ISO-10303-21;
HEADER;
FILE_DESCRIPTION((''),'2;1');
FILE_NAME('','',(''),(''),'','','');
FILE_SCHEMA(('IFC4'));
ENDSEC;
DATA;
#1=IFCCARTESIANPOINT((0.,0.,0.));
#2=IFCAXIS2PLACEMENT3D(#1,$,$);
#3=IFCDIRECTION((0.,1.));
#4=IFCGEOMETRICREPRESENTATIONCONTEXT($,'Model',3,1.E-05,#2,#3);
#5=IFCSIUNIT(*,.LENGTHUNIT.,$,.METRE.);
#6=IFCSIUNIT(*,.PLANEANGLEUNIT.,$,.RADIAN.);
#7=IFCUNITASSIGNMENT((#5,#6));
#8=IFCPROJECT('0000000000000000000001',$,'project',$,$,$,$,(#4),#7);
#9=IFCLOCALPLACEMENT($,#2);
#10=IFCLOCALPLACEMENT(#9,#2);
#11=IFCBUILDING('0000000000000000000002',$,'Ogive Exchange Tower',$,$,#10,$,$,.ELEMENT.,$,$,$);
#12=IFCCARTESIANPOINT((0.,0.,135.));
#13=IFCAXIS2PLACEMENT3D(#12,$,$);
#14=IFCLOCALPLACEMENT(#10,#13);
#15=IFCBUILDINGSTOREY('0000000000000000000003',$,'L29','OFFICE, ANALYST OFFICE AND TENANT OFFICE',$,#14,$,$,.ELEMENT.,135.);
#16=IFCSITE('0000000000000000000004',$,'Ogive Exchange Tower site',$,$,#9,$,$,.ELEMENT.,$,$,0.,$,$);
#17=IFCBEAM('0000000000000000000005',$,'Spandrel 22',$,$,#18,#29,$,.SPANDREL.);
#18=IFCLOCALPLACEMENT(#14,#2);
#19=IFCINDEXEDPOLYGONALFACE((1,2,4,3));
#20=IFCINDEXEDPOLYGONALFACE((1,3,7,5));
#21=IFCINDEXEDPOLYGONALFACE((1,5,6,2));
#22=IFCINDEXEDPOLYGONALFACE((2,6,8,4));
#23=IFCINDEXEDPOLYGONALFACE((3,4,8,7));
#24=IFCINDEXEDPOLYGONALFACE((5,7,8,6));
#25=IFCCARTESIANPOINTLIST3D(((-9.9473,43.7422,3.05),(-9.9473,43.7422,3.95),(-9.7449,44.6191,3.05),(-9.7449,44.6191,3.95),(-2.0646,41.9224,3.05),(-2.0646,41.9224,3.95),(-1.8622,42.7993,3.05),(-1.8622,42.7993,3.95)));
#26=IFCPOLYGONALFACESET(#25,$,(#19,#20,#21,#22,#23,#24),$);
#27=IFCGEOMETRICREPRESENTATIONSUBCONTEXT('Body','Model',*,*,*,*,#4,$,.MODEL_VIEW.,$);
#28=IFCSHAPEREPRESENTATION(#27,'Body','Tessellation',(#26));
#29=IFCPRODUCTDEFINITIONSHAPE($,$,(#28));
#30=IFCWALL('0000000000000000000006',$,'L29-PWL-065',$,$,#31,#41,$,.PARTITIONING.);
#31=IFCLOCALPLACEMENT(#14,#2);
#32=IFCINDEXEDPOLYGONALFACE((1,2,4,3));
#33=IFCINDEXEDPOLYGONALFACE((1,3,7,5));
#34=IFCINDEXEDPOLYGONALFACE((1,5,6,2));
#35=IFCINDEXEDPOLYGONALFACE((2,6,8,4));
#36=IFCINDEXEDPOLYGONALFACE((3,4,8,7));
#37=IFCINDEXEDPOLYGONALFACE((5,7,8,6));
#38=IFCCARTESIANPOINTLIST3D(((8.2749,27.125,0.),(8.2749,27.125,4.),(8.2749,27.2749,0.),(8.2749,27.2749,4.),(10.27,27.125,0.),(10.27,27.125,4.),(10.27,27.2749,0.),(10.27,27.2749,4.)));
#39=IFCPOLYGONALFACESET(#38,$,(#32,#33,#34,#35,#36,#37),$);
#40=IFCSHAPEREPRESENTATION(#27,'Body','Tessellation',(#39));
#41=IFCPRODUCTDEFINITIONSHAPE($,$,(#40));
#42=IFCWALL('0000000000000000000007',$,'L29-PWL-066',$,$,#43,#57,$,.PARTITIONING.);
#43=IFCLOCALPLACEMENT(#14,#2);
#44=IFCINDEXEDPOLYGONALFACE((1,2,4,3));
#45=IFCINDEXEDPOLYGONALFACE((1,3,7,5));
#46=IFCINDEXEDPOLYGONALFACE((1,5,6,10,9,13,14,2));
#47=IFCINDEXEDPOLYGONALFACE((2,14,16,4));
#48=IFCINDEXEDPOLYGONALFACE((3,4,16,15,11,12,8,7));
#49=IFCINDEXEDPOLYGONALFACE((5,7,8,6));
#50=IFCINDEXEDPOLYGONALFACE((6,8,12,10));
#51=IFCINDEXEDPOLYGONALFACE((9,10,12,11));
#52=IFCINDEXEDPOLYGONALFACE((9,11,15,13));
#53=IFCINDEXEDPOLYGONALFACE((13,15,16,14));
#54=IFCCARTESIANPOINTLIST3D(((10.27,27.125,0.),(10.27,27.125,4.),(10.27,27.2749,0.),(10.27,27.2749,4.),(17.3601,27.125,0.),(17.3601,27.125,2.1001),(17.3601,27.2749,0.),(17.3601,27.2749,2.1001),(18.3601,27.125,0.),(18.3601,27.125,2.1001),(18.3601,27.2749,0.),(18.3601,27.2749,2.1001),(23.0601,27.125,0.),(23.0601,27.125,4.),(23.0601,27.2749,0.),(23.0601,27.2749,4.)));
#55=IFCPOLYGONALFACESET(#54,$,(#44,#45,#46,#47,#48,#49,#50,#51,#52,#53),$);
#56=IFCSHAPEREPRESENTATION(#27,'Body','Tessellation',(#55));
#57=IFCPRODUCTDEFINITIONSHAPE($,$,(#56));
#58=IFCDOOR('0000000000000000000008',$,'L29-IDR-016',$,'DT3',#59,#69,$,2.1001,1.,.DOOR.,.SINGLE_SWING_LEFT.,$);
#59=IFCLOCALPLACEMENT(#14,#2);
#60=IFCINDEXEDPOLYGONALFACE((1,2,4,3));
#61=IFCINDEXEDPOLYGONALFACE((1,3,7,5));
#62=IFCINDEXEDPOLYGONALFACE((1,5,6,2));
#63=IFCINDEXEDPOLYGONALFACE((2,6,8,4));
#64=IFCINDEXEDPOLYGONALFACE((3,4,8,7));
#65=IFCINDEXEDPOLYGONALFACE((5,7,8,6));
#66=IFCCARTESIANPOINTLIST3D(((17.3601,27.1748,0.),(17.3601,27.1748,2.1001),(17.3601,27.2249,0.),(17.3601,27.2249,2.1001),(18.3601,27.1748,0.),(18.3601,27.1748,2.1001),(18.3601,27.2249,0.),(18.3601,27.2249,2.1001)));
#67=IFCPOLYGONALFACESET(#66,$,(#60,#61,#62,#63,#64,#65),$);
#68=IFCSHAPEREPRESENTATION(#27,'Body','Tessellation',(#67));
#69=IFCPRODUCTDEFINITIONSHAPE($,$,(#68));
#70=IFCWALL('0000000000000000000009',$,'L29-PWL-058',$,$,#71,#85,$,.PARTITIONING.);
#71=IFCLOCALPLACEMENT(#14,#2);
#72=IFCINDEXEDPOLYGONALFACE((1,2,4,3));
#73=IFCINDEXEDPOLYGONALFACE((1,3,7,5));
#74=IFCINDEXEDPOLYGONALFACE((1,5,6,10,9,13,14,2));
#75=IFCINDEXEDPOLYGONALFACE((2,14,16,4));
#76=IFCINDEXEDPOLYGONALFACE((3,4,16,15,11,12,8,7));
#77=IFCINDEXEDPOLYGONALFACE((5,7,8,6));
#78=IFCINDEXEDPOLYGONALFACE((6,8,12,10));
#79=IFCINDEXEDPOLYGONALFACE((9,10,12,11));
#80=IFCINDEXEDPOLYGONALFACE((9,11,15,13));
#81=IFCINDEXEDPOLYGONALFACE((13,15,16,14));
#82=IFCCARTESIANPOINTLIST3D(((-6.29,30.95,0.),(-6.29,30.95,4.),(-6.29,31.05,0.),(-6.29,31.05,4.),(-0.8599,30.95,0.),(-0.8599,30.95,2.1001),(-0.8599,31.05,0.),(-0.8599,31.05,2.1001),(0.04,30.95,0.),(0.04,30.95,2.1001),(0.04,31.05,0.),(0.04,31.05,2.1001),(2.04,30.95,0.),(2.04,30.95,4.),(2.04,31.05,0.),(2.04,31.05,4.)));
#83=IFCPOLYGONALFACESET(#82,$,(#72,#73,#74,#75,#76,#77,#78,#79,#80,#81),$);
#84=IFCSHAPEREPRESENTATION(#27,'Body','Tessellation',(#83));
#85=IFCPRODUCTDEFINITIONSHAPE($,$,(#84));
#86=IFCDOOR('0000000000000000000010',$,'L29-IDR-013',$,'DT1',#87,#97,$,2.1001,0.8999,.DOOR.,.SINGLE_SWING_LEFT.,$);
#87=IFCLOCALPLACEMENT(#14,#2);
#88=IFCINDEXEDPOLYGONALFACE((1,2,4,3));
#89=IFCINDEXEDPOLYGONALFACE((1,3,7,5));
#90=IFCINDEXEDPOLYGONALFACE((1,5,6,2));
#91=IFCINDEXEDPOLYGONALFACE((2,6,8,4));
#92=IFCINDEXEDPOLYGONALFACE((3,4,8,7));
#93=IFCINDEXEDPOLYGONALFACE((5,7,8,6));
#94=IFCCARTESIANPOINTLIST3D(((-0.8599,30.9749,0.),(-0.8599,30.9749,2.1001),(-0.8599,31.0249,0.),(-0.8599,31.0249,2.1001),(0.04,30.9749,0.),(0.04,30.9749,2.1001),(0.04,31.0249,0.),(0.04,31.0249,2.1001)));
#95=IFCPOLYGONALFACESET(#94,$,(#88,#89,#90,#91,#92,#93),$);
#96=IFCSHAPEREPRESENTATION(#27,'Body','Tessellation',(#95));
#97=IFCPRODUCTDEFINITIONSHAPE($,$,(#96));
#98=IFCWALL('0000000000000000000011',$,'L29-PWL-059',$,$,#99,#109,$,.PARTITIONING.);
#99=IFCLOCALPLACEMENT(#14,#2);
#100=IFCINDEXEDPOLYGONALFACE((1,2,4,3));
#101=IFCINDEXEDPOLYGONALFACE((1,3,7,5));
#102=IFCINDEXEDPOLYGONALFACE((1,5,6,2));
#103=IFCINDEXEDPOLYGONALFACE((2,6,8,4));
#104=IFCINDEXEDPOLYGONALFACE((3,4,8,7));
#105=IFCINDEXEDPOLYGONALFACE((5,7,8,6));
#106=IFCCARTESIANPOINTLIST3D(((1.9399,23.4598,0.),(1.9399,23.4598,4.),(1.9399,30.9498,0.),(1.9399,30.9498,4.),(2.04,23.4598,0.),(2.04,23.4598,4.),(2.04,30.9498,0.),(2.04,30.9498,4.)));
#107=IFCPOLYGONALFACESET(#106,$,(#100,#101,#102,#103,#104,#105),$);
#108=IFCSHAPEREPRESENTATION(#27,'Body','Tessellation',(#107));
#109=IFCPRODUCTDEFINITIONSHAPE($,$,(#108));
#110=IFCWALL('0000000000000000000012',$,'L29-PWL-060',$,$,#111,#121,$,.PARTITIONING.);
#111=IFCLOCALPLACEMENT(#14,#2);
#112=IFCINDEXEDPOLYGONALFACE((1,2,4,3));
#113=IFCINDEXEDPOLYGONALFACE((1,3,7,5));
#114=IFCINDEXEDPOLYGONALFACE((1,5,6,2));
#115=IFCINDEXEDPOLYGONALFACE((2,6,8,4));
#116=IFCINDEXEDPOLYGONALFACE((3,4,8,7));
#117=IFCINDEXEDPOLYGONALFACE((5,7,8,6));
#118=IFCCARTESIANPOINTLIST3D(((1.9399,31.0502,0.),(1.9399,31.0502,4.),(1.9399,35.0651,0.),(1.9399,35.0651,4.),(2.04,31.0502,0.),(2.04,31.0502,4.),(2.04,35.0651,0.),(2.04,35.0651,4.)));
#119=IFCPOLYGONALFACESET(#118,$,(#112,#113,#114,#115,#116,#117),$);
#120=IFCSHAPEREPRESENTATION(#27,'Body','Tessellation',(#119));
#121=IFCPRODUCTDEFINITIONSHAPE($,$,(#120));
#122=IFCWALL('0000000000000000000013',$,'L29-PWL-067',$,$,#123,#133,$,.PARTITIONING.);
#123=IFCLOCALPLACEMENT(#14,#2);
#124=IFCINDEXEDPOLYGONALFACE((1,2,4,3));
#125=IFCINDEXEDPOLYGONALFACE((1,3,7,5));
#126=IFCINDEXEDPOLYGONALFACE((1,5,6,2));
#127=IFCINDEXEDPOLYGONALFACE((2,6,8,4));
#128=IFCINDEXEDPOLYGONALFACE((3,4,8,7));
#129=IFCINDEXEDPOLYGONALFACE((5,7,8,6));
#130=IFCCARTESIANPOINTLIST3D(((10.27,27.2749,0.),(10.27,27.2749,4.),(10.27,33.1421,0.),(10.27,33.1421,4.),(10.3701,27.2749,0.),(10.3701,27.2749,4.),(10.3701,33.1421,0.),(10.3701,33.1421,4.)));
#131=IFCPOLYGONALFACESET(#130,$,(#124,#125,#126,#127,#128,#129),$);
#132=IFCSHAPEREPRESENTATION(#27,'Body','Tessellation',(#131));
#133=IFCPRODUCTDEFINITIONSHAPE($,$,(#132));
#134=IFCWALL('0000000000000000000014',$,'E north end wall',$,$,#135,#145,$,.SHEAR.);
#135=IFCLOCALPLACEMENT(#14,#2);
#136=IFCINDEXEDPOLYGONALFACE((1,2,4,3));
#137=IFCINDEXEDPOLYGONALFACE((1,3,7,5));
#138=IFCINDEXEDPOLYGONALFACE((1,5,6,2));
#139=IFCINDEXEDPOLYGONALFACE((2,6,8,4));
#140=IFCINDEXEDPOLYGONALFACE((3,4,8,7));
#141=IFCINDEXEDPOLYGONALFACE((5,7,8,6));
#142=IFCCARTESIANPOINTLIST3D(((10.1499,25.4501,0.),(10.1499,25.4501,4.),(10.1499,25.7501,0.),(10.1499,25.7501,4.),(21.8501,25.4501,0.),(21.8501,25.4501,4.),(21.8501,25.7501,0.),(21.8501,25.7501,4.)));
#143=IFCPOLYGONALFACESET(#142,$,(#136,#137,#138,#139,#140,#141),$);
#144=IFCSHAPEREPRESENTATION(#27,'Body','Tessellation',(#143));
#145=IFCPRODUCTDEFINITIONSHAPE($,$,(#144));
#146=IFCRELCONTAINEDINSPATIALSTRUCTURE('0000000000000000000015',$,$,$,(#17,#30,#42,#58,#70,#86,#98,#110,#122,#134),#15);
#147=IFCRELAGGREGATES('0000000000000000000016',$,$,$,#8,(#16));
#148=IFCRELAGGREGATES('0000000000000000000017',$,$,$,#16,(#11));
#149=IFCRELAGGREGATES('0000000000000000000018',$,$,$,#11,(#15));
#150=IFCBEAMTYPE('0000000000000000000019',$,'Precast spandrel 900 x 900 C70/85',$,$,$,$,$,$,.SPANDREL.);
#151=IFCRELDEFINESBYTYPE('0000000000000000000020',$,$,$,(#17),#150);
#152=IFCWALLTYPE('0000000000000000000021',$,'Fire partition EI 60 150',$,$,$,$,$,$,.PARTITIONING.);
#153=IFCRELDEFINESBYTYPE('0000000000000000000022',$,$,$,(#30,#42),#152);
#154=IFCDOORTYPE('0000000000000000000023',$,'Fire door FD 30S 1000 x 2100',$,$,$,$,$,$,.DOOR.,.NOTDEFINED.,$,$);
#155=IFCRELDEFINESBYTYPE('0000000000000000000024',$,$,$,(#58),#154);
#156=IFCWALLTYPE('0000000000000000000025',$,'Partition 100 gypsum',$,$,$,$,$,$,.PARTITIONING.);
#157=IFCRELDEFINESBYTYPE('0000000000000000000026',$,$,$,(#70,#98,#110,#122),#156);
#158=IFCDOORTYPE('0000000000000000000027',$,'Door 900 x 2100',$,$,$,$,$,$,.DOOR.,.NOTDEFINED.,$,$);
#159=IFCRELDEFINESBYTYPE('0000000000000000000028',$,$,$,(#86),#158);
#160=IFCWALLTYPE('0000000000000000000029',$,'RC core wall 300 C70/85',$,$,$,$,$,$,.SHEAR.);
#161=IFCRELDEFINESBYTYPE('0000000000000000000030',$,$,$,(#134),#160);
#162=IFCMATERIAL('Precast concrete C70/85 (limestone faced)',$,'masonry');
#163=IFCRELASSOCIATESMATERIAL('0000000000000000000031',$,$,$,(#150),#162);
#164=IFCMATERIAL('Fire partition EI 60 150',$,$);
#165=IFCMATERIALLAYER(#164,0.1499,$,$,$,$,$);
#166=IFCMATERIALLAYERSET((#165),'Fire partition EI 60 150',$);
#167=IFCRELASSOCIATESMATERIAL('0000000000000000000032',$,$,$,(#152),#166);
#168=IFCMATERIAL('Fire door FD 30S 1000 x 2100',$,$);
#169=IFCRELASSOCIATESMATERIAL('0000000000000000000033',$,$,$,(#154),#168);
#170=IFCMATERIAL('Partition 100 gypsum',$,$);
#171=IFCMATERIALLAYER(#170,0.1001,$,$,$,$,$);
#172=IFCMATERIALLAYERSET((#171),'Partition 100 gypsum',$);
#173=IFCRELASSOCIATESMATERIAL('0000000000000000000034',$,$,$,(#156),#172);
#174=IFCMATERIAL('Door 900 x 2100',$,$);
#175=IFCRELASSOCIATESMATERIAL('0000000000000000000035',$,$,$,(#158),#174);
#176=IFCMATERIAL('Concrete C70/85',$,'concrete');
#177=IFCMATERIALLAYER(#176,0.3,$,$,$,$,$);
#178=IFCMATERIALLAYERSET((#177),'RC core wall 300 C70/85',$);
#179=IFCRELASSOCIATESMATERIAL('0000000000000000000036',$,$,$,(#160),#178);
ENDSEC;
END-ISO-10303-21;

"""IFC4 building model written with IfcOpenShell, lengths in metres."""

from ifc_helpers import new_model, si_unit, direction, frame, frame_2d, origin, origin_2d, place, context, subcontext, project, spatial, rectangle, extrude, material, layer, layer_set, material_profile, profile_set, type_object, element, fill, save


model = new_model("IFC4")

# Units and contexts
model_context = context("Model", 3, precision=1e-05, world=origin(), true_north=direction((0.0, 1.0)))
body_context = subcontext(model_context, "Body", "Model", "MODEL_VIEW")
ifc_project = project(units=[si_unit("LENGTHUNIT", "METRE"), si_unit("PLANEANGLEUNIT", "RADIAN")], contexts=[model_context])

# Site, building, storey
site_placement = place(None, origin())
site = spatial("IfcSite", under=ifc_project, at=site_placement, Name="Ogive Exchange Tower site", CompositionType="ELEMENT", RefElevation=0.0)
building_placement = place(site_placement, origin())
building = spatial("IfcBuilding", under=site, at=building_placement, Name="Ogive Exchange Tower", CompositionType="ELEMENT")
storey_placement = place(building_placement, frame((0.0, 0.0, 135.0)))
storey = spatial("IfcBuildingStorey", under=building, at=storey_placement, Name="L29", Description="OFFICE, ANALYST OFFICE AND TENANT OFFICE", CompositionType="ELEMENT", Elevation=135.0)

# Shared definitions
ifc_material_1 = material(Name="Precast concrete C70/85 (limestone faced)", Category="masonry")

# Beam
ifc_material_profile_1 = material_profile(ifc_material_1, rectangle(XDim=0.8999, YDim=0.8999, at=origin_2d()), Name="900 x 900")
ifc_profile_set_1 = profile_set([ifc_material_profile_1], Name="Precast concrete C70/85 (limestone faced)")
beam_type_1 = type_object("IfcBeamType", Name="Precast spandrel 900 x 900 C70/85", PredefinedType="SPANDREL", material=ifc_profile_set_1)
beam_1_placement = place(storey_placement, frame((-1.9634, 42.3608, 3.5), z_axis=(-0.974372, 0.224943, 0.0), x_axis=(-0.224943, -0.974372, 0.0)))
element("IfcBeam", 1, at=beam_1_placement, inside=storey, type_object=beam_type_1, Name="Spandrel 22", PredefinedType="SPANDREL", context=body_context, shape_type="SweptSolid", body=[
    extrude(rectangle(XDim=0.8999, YDim=0.8999, at=origin_2d()), origin(), (0.0, 0.0, 1.0), 8.0901),
])

# Wall
ifc_material_2 = material(Name="Fire partition EI 60 150")
ifc_layer_1 = layer(ifc_material_2, 0.1499)
ifc_layer_set_1 = layer_set([ifc_layer_1], Name="Fire partition EI 60 150")
wall_type_1 = type_object("IfcWallType", Name="Fire partition EI 60 150", PredefinedType="PARTITIONING", material=ifc_layer_set_1)
wall_1_placement = place(storey_placement, frame((8.2749, 27.2, 0.0), z_axis=(0.0, 0.0, 1.0), x_axis=(1.0, 0.0, 0.0)))
element("IfcWall", 2, at=wall_1_placement, inside=storey, type_object=wall_type_1, Name="L29-PWL-065", PredefinedType="PARTITIONING", context=body_context, shape_type="SweptSolid", body=[
    extrude(rectangle(XDim=1.9951, YDim=0.1499, at=frame_2d((0.9976, 0.0))), origin(), (0.0, 0.0, 1.0), 4.0),
])

# Walls, openings, doors
wall_2_placement = place(storey_placement, frame((10.27, 27.2, 0.0), z_axis=(0.0, 0.0, 1.0), x_axis=(1.0, 0.0, 0.0)))
wall_2 = element("IfcWall", 3, at=wall_2_placement, inside=storey, type_object=wall_type_1, Name="L29-PWL-066", PredefinedType="PARTITIONING", context=body_context, shape_type="SweptSolid", body=[
    extrude(rectangle(XDim=12.79, YDim=0.1499, at=frame_2d((6.395, 0.0))), origin(), (0.0, 0.0, 1.0), 4.0),
])
opening_1_placement = place(wall_2_placement, frame((7.0901, 0.0, 0.0)))
opening_1 = element("IfcOpeningElement", 4, at=opening_1_placement, cuts=wall_2, PredefinedType="OPENING", context=body_context, shape_type="SweptSolid", body=[
    extrude(rectangle(XDim=1.0, YDim=2.1001, at=frame_2d((0.5, 1.05))), frame((0.0, 0.085, 0.0), z_axis=(0.0, -1.0, 0.0), x_axis=(1.0, 0.0, 0.0)), (0.0, 0.0, 1.0), 0.1699),
])
ifc_material_3 = material(Name="Fire door FD 30S 1000 x 2100")
door_type_1 = type_object("IfcDoorType", Name="Fire door FD 30S 1000 x 2100", OperationType="NOTDEFINED", PredefinedType="DOOR", material=ifc_material_3)
door_1_placement = place(opening_1_placement, origin())
door_1 = element("IfcDoor", 5, at=door_1_placement, inside=storey, type_object=door_type_1, Name="L29-IDR-016", ObjectType="DT3", OperationType="SINGLE_SWING_LEFT", OverallHeight=2.1001, OverallWidth=1.0, PredefinedType="DOOR", context=body_context, shape_type="SweptSolid", body=[
    extrude(rectangle(XDim=1.0, YDim=2.1001, at=frame_2d((0.5, 1.05))), frame((0.0, 0.0249, 0.0), z_axis=(0.0, -1.0, 0.0), x_axis=(1.0, 0.0, 0.0)), (0.0, 0.0, 1.0), 0.05),
])
fill(opening_1, door_1)
ifc_material_4 = material(Name="Partition 100 gypsum")
ifc_layer_2 = layer(ifc_material_4, 0.1001)
ifc_layer_set_2 = layer_set([ifc_layer_2], Name="Partition 100 gypsum")
wall_type_2 = type_object("IfcWallType", Name="Partition 100 gypsum", PredefinedType="PARTITIONING", material=ifc_layer_set_2)
wall_3_placement = place(storey_placement, frame((2.04, 31.0, 0.0), z_axis=(0.0, 0.0, 1.0), x_axis=(-1.0, 0.0, 0.0)))
wall_3 = element("IfcWall", 6, at=wall_3_placement, inside=storey, type_object=wall_type_2, Name="L29-PWL-058", PredefinedType="PARTITIONING", context=body_context, shape_type="SweptSolid", body=[
    extrude(rectangle(XDim=8.3301, YDim=0.1001, at=frame_2d((4.165, 0.0))), origin(), (0.0, 0.0, 1.0), 4.0),
])
opening_2_placement = place(wall_3_placement, frame((2.0, 0.0, 0.0)))
opening_2 = element("IfcOpeningElement", 7, at=opening_2_placement, cuts=wall_3, PredefinedType="OPENING", context=body_context, shape_type="SweptSolid", body=[
    extrude(rectangle(XDim=0.8999, YDim=2.1001, at=frame_2d((0.45, 1.05))), frame((0.0, 0.0601, 0.0), z_axis=(0.0, -1.0, 0.0), x_axis=(1.0, 0.0, 0.0)), (0.0, 0.0, 1.0), 0.1201),
])
ifc_material_5 = material(Name="Door 900 x 2100")
door_type_2 = type_object("IfcDoorType", Name="Door 900 x 2100", OperationType="NOTDEFINED", PredefinedType="DOOR", material=ifc_material_5)
door_2_placement = place(opening_2_placement, frame((0.8999, 0.0, 0.0), z_axis=(0.0, 0.0, 1.0), x_axis=(-1.0, 0.0, 0.0)))
door_2 = element("IfcDoor", 8, at=door_2_placement, inside=storey, type_object=door_type_2, Name="L29-IDR-013", ObjectType="DT1", OperationType="SINGLE_SWING_LEFT", OverallHeight=2.1001, OverallWidth=0.8999, PredefinedType="DOOR", context=body_context, shape_type="SweptSolid", body=[
    extrude(rectangle(XDim=0.8999, YDim=2.1001, at=frame_2d((0.45, 1.05))), frame((0.0, 0.0249, 0.0), z_axis=(0.0, -1.0, 0.0), x_axis=(1.0, 0.0, 0.0)), (0.0, 0.0, 1.0), 0.05),
])
fill(opening_2, door_2)

# Walls
wall_4_placement = place(storey_placement, frame((1.99, 30.95, 0.0), z_axis=(0.0, 0.0, 1.0), x_axis=(0.0, -1.0, 0.0)))
element("IfcWall", 9, at=wall_4_placement, inside=storey, type_object=wall_type_2, Name="L29-PWL-059", PredefinedType="PARTITIONING", context=body_context, shape_type="SweptSolid", body=[
    extrude(rectangle(XDim=7.49, YDim=0.1001, at=frame_2d((3.7451, 0.0))), origin(), (0.0, 0.0, 1.0), 4.0),
])
wall_5_placement = place(storey_placement, frame((1.99, 35.0649, 0.0), z_axis=(0.0, 0.0, 1.0), x_axis=(0.0, -1.0, 0.0)))
element("IfcWall", 10, at=wall_5_placement, inside=storey, type_object=wall_type_2, Name="L29-PWL-060", PredefinedType="PARTITIONING", context=body_context, shape_type="SweptSolid", body=[
    extrude(rectangle(XDim=4.0149, YDim=0.1001, at=frame_2d((2.0073, 0.0))), origin(), (0.0, 0.0, 1.0), 4.0),
])
wall_6_placement = place(storey_placement, frame((10.3201, 33.1421, 0.0), z_axis=(0.0, 0.0, 1.0), x_axis=(0.0, -1.0, 0.0)))
element("IfcWall", 11, at=wall_6_placement, inside=storey, type_object=wall_type_2, Name="L29-PWL-067", PredefinedType="PARTITIONING", context=body_context, shape_type="SweptSolid", body=[
    extrude(rectangle(XDim=5.8672, YDim=0.1001, at=frame_2d((2.9336, 0.0))), origin(), (0.0, 0.0, 1.0), 4.0),
])
ifc_material_6 = material(Name="Concrete C70/85", Category="concrete")
ifc_layer_3 = layer(ifc_material_6, 0.3)
ifc_layer_set_3 = layer_set([ifc_layer_3], Name="RC core wall 300 C70/85")
wall_type_3 = type_object("IfcWallType", Name="RC core wall 300 C70/85", PredefinedType="SHEAR", material=ifc_layer_set_3)
wall_7_placement = place(storey_placement, frame((10.1499, 25.6001, 0.0), z_axis=(0.0, 0.0, 1.0), x_axis=(1.0, 0.0, 0.0)))
element("IfcWall", 12, at=wall_7_placement, inside=storey, type_object=wall_type_3, Name="E north end wall", PredefinedType="SHEAR", context=body_context, shape_type="SweptSolid", body=[
    extrude(rectangle(XDim=11.7002, YDim=0.3, at=frame_2d((5.8501, 0.0))), origin(), (0.0, 0.0, 1.0), 4.0),
])

save(model, "model.ifc")
